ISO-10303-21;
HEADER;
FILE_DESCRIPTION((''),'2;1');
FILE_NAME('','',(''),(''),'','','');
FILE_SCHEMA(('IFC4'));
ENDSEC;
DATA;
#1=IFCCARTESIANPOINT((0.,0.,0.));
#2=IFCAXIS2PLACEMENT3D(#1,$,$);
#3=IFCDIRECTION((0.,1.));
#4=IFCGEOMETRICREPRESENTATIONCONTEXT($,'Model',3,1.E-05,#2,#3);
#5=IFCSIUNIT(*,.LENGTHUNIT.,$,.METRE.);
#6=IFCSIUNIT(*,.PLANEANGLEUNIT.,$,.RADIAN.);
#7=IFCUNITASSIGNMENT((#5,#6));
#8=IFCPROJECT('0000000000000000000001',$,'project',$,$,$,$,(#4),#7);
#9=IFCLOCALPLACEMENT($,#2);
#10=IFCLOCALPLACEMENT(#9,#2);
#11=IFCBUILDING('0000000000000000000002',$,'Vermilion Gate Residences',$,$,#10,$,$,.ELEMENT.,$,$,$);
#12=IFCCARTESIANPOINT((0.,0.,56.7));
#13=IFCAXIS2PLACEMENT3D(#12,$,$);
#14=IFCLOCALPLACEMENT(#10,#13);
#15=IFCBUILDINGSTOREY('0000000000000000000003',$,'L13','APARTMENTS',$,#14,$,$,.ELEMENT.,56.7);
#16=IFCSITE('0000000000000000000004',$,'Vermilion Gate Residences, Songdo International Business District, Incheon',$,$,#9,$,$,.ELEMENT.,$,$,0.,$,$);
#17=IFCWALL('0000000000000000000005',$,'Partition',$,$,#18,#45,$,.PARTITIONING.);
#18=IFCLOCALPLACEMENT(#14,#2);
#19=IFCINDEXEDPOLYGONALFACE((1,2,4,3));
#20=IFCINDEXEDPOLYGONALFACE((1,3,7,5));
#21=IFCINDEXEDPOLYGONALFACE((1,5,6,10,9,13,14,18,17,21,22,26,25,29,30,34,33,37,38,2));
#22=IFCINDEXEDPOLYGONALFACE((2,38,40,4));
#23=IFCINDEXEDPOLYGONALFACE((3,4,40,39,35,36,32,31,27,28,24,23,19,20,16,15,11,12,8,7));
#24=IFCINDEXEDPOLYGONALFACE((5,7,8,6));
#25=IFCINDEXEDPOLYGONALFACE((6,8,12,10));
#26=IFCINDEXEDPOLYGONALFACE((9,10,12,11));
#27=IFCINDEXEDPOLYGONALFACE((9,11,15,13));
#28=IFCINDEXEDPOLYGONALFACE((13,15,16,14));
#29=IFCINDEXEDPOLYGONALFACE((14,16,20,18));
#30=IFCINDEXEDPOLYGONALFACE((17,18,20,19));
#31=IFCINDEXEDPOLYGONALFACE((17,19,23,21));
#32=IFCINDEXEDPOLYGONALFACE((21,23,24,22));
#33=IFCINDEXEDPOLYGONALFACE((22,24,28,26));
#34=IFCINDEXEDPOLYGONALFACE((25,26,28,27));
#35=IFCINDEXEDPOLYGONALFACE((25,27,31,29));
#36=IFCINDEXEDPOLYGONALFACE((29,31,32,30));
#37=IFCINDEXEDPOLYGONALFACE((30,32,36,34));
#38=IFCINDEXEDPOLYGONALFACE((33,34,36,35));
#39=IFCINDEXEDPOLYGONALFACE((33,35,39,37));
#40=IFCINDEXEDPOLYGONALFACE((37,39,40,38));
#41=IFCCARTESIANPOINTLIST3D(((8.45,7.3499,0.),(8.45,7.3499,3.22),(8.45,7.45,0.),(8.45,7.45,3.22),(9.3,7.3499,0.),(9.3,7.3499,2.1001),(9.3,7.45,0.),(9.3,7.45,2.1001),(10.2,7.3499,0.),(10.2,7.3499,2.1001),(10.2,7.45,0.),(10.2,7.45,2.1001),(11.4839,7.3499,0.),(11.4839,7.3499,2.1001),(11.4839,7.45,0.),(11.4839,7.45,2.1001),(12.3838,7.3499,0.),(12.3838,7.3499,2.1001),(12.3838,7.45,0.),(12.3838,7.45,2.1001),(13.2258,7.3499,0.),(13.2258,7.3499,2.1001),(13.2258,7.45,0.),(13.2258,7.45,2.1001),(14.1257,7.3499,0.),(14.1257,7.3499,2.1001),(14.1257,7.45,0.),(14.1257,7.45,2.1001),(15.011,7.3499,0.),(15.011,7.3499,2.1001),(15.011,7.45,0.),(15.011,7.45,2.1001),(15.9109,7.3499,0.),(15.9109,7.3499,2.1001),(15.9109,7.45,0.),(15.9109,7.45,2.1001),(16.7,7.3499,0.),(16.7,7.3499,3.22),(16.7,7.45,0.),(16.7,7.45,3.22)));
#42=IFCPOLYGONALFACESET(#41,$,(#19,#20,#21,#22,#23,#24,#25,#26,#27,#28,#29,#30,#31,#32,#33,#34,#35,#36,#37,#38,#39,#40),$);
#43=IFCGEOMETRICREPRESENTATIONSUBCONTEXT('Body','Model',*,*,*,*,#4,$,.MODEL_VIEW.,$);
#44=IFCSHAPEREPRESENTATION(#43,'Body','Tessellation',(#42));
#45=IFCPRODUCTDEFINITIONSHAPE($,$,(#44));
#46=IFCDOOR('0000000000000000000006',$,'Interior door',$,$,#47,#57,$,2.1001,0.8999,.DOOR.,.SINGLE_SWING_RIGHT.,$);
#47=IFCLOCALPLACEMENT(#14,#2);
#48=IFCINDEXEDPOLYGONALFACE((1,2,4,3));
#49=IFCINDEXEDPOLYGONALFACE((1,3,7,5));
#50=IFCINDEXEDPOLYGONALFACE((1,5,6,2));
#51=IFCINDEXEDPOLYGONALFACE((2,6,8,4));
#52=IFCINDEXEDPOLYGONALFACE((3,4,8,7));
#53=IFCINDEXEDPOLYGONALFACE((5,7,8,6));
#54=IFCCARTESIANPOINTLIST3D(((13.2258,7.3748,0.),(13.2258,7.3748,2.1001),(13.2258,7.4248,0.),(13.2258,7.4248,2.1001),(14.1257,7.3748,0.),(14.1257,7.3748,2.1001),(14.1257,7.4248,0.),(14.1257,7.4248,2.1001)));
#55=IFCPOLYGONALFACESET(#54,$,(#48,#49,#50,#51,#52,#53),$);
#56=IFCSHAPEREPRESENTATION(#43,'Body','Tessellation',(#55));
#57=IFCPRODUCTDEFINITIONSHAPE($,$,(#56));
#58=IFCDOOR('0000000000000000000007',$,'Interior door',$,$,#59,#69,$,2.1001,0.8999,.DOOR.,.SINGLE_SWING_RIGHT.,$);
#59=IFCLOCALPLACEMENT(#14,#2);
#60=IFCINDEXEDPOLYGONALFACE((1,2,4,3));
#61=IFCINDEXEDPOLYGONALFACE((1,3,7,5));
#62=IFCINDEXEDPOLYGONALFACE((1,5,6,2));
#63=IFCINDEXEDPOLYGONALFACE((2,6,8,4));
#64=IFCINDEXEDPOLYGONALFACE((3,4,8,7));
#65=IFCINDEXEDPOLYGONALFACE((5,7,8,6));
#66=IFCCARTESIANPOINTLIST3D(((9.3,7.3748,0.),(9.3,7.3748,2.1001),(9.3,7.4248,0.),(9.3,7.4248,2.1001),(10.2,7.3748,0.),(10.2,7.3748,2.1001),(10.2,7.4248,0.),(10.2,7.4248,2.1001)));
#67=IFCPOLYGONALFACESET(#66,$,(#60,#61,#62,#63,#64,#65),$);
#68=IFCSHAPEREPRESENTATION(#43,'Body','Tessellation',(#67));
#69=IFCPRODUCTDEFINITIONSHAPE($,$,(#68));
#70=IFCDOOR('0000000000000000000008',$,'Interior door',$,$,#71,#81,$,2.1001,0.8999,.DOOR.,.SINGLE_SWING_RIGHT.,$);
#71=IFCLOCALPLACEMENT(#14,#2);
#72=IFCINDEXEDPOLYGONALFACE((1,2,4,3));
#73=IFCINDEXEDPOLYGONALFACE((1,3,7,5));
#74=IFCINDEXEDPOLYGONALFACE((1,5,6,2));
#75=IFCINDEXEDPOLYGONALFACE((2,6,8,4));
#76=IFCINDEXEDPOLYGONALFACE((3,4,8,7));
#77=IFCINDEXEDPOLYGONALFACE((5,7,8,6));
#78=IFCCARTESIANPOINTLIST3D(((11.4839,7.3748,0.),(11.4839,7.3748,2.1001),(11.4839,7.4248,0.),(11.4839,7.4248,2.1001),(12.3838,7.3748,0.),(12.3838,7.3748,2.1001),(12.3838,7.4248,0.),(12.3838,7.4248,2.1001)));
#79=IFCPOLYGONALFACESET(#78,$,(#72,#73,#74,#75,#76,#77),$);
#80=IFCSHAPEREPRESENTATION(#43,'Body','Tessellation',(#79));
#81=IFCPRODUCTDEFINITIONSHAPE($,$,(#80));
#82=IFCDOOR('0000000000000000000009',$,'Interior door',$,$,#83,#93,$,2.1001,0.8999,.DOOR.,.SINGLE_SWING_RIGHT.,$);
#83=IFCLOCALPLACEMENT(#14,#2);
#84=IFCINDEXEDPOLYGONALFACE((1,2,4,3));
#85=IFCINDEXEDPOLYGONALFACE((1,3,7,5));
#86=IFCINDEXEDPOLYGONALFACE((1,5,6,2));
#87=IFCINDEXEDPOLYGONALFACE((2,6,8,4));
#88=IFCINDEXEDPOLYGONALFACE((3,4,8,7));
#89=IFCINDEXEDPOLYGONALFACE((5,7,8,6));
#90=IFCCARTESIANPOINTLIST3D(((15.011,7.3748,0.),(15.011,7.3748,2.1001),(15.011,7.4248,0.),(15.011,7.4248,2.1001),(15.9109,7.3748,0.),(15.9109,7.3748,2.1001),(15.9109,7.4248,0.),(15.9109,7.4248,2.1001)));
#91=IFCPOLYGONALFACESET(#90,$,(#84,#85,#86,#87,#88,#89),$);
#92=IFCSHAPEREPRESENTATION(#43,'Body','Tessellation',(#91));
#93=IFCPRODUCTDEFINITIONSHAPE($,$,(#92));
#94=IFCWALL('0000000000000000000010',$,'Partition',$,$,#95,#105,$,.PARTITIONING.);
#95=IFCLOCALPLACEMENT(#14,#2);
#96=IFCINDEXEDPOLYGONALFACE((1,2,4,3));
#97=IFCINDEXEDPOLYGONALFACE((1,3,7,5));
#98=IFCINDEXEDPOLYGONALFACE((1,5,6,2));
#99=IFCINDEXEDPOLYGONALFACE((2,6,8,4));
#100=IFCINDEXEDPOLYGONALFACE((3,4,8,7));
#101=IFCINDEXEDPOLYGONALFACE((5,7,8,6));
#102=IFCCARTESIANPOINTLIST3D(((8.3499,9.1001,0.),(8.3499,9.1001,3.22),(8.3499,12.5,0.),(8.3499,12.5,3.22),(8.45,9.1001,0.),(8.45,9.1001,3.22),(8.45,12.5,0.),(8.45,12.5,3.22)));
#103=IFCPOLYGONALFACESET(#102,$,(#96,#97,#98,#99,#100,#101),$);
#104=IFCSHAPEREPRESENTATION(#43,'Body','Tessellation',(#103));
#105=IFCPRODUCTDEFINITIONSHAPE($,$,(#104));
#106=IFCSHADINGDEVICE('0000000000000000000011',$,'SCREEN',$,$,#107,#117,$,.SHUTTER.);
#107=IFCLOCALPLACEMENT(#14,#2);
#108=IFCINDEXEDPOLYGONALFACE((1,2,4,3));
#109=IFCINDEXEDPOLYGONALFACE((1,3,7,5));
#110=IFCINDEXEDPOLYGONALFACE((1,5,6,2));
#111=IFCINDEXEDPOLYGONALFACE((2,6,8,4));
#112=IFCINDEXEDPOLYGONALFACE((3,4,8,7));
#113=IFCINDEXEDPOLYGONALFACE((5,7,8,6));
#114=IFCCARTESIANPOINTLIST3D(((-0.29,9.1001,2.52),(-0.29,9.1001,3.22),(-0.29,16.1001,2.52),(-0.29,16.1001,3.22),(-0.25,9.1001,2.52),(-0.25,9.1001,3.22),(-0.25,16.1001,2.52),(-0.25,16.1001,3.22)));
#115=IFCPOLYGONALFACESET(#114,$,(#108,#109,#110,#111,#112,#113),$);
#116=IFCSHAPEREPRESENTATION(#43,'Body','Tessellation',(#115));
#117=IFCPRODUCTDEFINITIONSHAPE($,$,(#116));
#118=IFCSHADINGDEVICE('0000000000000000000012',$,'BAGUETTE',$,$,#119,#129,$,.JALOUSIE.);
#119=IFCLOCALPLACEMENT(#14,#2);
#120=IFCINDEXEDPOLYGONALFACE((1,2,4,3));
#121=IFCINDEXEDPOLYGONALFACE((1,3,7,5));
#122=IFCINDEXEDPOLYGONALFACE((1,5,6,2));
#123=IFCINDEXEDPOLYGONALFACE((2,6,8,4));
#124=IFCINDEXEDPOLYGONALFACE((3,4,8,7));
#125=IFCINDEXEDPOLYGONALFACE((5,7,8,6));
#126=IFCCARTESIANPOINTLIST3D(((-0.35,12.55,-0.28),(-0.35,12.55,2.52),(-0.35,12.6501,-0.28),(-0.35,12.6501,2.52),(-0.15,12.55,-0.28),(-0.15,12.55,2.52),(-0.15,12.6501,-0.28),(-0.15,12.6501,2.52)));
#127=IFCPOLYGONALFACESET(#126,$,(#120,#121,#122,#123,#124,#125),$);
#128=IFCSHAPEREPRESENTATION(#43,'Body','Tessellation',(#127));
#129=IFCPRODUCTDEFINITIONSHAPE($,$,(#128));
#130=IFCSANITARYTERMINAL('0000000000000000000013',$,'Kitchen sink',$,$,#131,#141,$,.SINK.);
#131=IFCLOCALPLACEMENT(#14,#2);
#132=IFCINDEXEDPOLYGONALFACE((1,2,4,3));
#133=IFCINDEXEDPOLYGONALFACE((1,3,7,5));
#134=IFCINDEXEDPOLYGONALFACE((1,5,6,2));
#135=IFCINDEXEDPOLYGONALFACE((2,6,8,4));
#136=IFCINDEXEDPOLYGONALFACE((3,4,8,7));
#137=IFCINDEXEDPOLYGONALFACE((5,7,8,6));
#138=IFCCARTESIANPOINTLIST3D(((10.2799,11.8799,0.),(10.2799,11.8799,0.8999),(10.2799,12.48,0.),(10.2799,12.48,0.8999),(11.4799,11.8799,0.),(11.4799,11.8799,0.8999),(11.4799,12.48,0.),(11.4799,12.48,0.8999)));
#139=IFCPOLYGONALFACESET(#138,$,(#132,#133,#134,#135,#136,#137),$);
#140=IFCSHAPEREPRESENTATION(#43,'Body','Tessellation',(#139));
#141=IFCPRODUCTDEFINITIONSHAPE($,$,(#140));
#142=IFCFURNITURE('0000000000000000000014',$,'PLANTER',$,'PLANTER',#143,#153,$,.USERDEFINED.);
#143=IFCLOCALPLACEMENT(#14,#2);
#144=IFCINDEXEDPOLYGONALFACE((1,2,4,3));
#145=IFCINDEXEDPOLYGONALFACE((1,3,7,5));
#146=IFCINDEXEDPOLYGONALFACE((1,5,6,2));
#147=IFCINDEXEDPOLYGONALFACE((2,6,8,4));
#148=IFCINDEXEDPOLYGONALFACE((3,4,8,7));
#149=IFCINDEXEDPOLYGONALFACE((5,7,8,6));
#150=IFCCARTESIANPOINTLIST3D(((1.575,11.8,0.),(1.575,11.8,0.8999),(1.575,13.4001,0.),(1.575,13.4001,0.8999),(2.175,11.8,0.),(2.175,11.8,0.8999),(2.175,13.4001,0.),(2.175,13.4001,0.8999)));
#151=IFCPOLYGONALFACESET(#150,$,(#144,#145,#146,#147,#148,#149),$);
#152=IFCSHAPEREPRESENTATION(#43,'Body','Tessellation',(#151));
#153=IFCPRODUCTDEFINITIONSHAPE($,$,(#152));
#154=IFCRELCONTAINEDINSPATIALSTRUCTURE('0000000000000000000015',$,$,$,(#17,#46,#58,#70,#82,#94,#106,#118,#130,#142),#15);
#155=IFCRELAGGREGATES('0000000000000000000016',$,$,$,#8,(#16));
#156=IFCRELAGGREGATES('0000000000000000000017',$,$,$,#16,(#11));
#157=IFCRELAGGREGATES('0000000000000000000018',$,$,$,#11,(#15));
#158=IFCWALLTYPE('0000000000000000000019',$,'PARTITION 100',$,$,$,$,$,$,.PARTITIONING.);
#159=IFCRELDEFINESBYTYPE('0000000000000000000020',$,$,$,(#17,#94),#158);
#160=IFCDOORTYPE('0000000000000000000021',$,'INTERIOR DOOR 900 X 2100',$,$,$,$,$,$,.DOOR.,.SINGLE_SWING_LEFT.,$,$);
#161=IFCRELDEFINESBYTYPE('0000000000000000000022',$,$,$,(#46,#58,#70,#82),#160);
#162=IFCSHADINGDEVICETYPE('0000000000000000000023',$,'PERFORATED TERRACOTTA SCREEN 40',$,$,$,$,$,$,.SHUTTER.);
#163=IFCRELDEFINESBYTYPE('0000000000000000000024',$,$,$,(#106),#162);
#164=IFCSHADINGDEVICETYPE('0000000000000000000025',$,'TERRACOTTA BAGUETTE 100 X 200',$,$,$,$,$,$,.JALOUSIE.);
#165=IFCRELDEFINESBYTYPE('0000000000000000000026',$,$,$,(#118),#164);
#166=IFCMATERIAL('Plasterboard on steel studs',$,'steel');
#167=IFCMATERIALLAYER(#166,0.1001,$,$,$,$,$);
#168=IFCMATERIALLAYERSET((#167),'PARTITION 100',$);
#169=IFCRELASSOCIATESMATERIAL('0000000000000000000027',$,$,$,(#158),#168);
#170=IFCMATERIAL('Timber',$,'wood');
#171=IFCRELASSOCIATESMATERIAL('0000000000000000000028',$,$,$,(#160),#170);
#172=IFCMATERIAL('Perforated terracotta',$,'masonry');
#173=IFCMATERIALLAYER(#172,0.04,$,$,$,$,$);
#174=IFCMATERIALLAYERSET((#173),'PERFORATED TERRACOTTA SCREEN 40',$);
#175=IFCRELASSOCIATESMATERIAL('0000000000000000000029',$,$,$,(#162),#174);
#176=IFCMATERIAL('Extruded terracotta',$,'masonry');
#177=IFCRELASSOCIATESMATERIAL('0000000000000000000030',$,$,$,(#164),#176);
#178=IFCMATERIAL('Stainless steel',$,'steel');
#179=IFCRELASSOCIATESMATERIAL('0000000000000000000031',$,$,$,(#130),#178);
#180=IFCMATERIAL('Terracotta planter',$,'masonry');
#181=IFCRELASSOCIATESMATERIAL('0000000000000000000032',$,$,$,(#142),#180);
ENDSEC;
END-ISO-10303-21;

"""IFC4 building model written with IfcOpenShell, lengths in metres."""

from ifc_helpers import new_model, si_unit, direction, frame, frame_2d, origin, origin_2d, place, context, subcontext, project, spatial, rectangle, extrude, material, layer, layer_set, material_profile, profile_set, type_object, element, fill, save


model = new_model("IFC4")

# Units and contexts
model_context = context("Model", 3, precision=1e-05, world=origin(), true_north=direction((0.0, 1.0)))
body_context = subcontext(model_context, "Body", "Model", "MODEL_VIEW")
ifc_project = project(units=[si_unit("LENGTHUNIT", "METRE"), si_unit("PLANEANGLEUNIT", "RADIAN")], contexts=[model_context])

# Site, building, storey
site_placement = place(None, origin())
site = spatial("IfcSite", under=ifc_project, at=site_placement, Name="Vermilion Gate Residences, Songdo International Business District, Incheon", CompositionType="ELEMENT", RefElevation=0.0)
building_placement = place(site_placement, origin())
building = spatial("IfcBuilding", under=site, at=building_placement, Name="Vermilion Gate Residences", CompositionType="ELEMENT")
storey_placement = place(building_placement, frame((0.0, 0.0, 56.7)))
storey = spatial("IfcBuildingStorey", under=building, at=storey_placement, Name="L13", Description="APARTMENTS", CompositionType="ELEMENT", Elevation=56.7)

# Wall, openings, doors
ifc_material_1 = material(Name="Plasterboard on steel studs", Category="steel")
ifc_layer_1 = layer(ifc_material_1, 0.1001)
ifc_layer_set_1 = layer_set([ifc_layer_1], Name="PARTITION 100")
wall_type_1 = type_object("IfcWallType", Name="PARTITION 100", PredefinedType="PARTITIONING", material=ifc_layer_set_1)
ifc_material_2 = material(Name="Timber", Category="wood")
door_type = type_object("IfcDoorType", Name="INTERIOR DOOR 900 X 2100", OperationType="SINGLE_SWING_LEFT", PredefinedType="DOOR", material=ifc_material_2)
wall_1_placement = place(storey_placement, frame((8.45, 7.3999, 0.0), z_axis=(0.0, 0.0, 1.0), x_axis=(1.0, 0.0, 0.0)))
wall_1 = element("IfcWall", 1, at=wall_1_placement, inside=storey, type_object=wall_type_1, Name="Partition", PredefinedType="PARTITIONING", context=body_context, shape_type="SweptSolid", body=[
    extrude(rectangle(XDim=8.25, YDim=0.1001, at=frame_2d((4.125, 0.0))), origin(), (0.0, 0.0, 1.0), 3.22),
])
opening_1_placement = place(wall_1_placement, frame((4.7759, 0.0, 0.0)))
opening_1 = element("IfcOpeningElement", 2, at=opening_1_placement, cuts=wall_1, PredefinedType="OPENING", context=body_context, shape_type="SweptSolid", body=[
    extrude(rectangle(XDim=0.8999, YDim=2.1001, at=frame_2d((0.45, 1.05))), frame((0.0, 0.0601, 0.0), z_axis=(0.0, -1.0, 0.0), x_axis=(1.0, 0.0, 0.0)), (0.0, 0.0, 1.0), 0.1201),
])
opening_2_placement = place(wall_1_placement, frame((0.8501, 0.0, 0.0)))
opening_2 = element("IfcOpeningElement", 3, at=opening_2_placement, cuts=wall_1, PredefinedType="OPENING", context=body_context, shape_type="SweptSolid", body=[
    extrude(rectangle(XDim=0.8999, YDim=2.1001, at=frame_2d((0.45, 1.05))), frame((0.0, 0.0601, 0.0), z_axis=(0.0, -1.0, 0.0), x_axis=(1.0, 0.0, 0.0)), (0.0, 0.0, 1.0), 0.1201),
])
opening_3_placement = place(wall_1_placement, frame((3.0339, 0.0, 0.0)))
opening_3 = element("IfcOpeningElement", 4, at=opening_3_placement, cuts=wall_1, PredefinedType="OPENING", context=body_context, shape_type="SweptSolid", body=[
    extrude(rectangle(XDim=0.8999, YDim=2.1001, at=frame_2d((0.45, 1.05))), frame((0.0, 0.0601, 0.0), z_axis=(0.0, -1.0, 0.0), x_axis=(1.0, 0.0, 0.0)), (0.0, 0.0, 1.0), 0.1201),
])
opening_4_placement = place(wall_1_placement, frame((6.561, 0.0, 0.0)))
opening_4 = element("IfcOpeningElement", 5, at=opening_4_placement, cuts=wall_1, PredefinedType="OPENING", context=body_context, shape_type="SweptSolid", body=[
    extrude(rectangle(XDim=0.8999, YDim=2.1001, at=frame_2d((0.45, 1.05))), frame((0.0, 0.0601, 0.0), z_axis=(0.0, -1.0, 0.0), x_axis=(1.0, 0.0, 0.0)), (0.0, 0.0, 1.0), 0.1201),
])
door_1_placement = place(opening_1_placement, origin())
door_1 = element("IfcDoor", 6, at=door_1_placement, inside=storey, type_object=door_type, Name="Interior door", OperationType="SINGLE_SWING_RIGHT", OverallHeight=2.1001, OverallWidth=0.8999, PredefinedType="DOOR", context=body_context, shape_type="SweptSolid", body=[
    extrude(rectangle(XDim=0.8999, YDim=2.1001, at=frame_2d((0.45, 1.05))), frame((0.0, 0.0249, 0.0), z_axis=(0.0, -1.0, 0.0), x_axis=(1.0, 0.0, 0.0)), (0.0, 0.0, 1.0), 0.05),
])
fill(opening_1, door_1)
door_2_placement = place(opening_2_placement, origin())
door_2 = element("IfcDoor", 7, at=door_2_placement, inside=storey, type_object=door_type, Name="Interior door", OperationType="SINGLE_SWING_RIGHT", OverallHeight=2.1001, OverallWidth=0.8999, PredefinedType="DOOR", context=body_context, shape_type="SweptSolid", body=[
    extrude(rectangle(XDim=0.8999, YDim=2.1001, at=frame_2d((0.45, 1.05))), frame((0.0, 0.0249, 0.0), z_axis=(0.0, -1.0, 0.0), x_axis=(1.0, 0.0, 0.0)), (0.0, 0.0, 1.0), 0.05),
])
fill(opening_2, door_2)
door_3_placement = place(opening_3_placement, origin())
door_3 = element("IfcDoor", 8, at=door_3_placement, inside=storey, type_object=door_type, Name="Interior door", OperationType="SINGLE_SWING_RIGHT", OverallHeight=2.1001, OverallWidth=0.8999, PredefinedType="DOOR", context=body_context, shape_type="SweptSolid", body=[
    extrude(rectangle(XDim=0.8999, YDim=2.1001, at=frame_2d((0.45, 1.05))), frame((0.0, 0.0249, 0.0), z_axis=(0.0, -1.0, 0.0), x_axis=(1.0, 0.0, 0.0)), (0.0, 0.0, 1.0), 0.05),
])
fill(opening_3, door_3)
door_4_placement = place(opening_4_placement, origin())
door_4 = element("IfcDoor", 9, at=door_4_placement, inside=storey, type_object=door_type, Name="Interior door", OperationType="SINGLE_SWING_RIGHT", OverallHeight=2.1001, OverallWidth=0.8999, PredefinedType="DOOR", context=body_context, shape_type="SweptSolid", body=[
    extrude(rectangle(XDim=0.8999, YDim=2.1001, at=frame_2d((0.45, 1.05))), frame((0.0, 0.0249, 0.0), z_axis=(0.0, -1.0, 0.0), x_axis=(1.0, 0.0, 0.0)), (0.0, 0.0, 1.0), 0.05),
])
fill(opening_4, door_4)

# Wall
wall_2_placement = place(storey_placement, frame((8.3999, 9.1001, 0.0), z_axis=(0.0, 0.0, 1.0), x_axis=(0.0, 1.0, 0.0)))
element("IfcWall", 10, at=wall_2_placement, inside=storey, type_object=wall_type_1, Name="Partition", PredefinedType="PARTITIONING", context=body_context, shape_type="SweptSolid", body=[
    extrude(rectangle(XDim=3.3999, YDim=0.1001, at=frame_2d((1.7, 0.0))), origin(), (0.0, 0.0, 1.0), 3.22),
])

# Shading devices
ifc_material_3 = material(Name="Perforated terracotta", Category="masonry")
ifc_layer_2 = layer(ifc_material_3, 0.04)
ifc_layer_set_2 = layer_set([ifc_layer_2], Name="PERFORATED TERRACOTTA SCREEN 40")
shading_device_type_1 = type_object("IfcShadingDeviceType", Name="PERFORATED TERRACOTTA SCREEN 40", PredefinedType="SHUTTER", material=ifc_layer_set_2)
shading_device_1_placement = place(storey_placement, frame((-0.27, 12.6001, 2.52), z_axis=(0.0, 0.0, 1.0), x_axis=(0.0, -1.0, 0.0)))
element("IfcShadingDevice", 11, at=shading_device_1_placement, inside=storey, type_object=shading_device_type_1, Name="SCREEN", PredefinedType="SHUTTER", context=body_context, shape_type="SweptSolid", body=[
    extrude(rectangle(XDim=7.0, YDim=0.04, at=origin_2d()), origin(), (0.0, 0.0, 1.0), 0.7),
])
ifc_material_4 = material(Name="Extruded terracotta", Category="masonry")
ifc_material_profile_1 = material_profile(ifc_material_4, rectangle(XDim=0.2, YDim=0.1001, at=origin_2d()), Name="BAGUETTE 100 X 200")
ifc_profile_set_1 = profile_set([ifc_material_profile_1], Name="Extruded terracotta")
shading_device_type_2 = type_object("IfcShadingDeviceType", Name="TERRACOTTA BAGUETTE 100 X 200", PredefinedType="JALOUSIE", material=ifc_profile_set_1)
shading_device_2_placement = place(storey_placement, frame((-0.25, 12.6001, -0.28), z_axis=(0.0, 0.0, 1.0), x_axis=(1.0, 0.0, 0.0)))
element("IfcShadingDevice", 12, at=shading_device_2_placement, inside=storey, type_object=shading_device_type_2, Name="BAGUETTE", PredefinedType="JALOUSIE", context=body_context, shape_type="SweptSolid", body=[
    extrude(rectangle(XDim=0.2, YDim=0.1001, at=origin_2d()), origin(), (0.0, 0.0, 1.0), 2.8),
])

# Sanitary terminal
ifc_material_5 = material(Name="Stainless steel", Category="steel")
sanitary_terminal_placement = place(storey_placement, frame((10.8799, 12.1799, 0.0), z_axis=(0.0, 0.0, 1.0), x_axis=(1.0, 0.0, 0.0)))
element("IfcSanitaryTerminal", 13, at=sanitary_terminal_placement, inside=storey, material=ifc_material_5, Name="Kitchen sink", PredefinedType="SINK", context=body_context, shape_type="SweptSolid", body=[
    extrude(rectangle(XDim=1.2, YDim=0.6001, at=origin_2d()), origin(), (0.0, 0.0, 1.0), 0.8999),
])

# Furniture
ifc_material_6 = material(Name="Terracotta planter", Category="masonry")
furniture_placement = place(storey_placement, frame((1.875, 12.6001, 0.0), z_axis=(0.0, 0.0, 1.0), x_axis=(0.0, -1.0, 0.0)))
element("IfcFurniture", 14, at=furniture_placement, inside=storey, material=ifc_material_6, Name="PLANTER", ObjectType="PLANTER", PredefinedType="USERDEFINED", context=body_context, shape_type="SweptSolid", body=[
    extrude(rectangle(XDim=1.6001, YDim=0.6001, at=origin_2d()), origin(), (0.0, 0.0, 1.0), 0.8999),
])

save(model, "model.ifc")
